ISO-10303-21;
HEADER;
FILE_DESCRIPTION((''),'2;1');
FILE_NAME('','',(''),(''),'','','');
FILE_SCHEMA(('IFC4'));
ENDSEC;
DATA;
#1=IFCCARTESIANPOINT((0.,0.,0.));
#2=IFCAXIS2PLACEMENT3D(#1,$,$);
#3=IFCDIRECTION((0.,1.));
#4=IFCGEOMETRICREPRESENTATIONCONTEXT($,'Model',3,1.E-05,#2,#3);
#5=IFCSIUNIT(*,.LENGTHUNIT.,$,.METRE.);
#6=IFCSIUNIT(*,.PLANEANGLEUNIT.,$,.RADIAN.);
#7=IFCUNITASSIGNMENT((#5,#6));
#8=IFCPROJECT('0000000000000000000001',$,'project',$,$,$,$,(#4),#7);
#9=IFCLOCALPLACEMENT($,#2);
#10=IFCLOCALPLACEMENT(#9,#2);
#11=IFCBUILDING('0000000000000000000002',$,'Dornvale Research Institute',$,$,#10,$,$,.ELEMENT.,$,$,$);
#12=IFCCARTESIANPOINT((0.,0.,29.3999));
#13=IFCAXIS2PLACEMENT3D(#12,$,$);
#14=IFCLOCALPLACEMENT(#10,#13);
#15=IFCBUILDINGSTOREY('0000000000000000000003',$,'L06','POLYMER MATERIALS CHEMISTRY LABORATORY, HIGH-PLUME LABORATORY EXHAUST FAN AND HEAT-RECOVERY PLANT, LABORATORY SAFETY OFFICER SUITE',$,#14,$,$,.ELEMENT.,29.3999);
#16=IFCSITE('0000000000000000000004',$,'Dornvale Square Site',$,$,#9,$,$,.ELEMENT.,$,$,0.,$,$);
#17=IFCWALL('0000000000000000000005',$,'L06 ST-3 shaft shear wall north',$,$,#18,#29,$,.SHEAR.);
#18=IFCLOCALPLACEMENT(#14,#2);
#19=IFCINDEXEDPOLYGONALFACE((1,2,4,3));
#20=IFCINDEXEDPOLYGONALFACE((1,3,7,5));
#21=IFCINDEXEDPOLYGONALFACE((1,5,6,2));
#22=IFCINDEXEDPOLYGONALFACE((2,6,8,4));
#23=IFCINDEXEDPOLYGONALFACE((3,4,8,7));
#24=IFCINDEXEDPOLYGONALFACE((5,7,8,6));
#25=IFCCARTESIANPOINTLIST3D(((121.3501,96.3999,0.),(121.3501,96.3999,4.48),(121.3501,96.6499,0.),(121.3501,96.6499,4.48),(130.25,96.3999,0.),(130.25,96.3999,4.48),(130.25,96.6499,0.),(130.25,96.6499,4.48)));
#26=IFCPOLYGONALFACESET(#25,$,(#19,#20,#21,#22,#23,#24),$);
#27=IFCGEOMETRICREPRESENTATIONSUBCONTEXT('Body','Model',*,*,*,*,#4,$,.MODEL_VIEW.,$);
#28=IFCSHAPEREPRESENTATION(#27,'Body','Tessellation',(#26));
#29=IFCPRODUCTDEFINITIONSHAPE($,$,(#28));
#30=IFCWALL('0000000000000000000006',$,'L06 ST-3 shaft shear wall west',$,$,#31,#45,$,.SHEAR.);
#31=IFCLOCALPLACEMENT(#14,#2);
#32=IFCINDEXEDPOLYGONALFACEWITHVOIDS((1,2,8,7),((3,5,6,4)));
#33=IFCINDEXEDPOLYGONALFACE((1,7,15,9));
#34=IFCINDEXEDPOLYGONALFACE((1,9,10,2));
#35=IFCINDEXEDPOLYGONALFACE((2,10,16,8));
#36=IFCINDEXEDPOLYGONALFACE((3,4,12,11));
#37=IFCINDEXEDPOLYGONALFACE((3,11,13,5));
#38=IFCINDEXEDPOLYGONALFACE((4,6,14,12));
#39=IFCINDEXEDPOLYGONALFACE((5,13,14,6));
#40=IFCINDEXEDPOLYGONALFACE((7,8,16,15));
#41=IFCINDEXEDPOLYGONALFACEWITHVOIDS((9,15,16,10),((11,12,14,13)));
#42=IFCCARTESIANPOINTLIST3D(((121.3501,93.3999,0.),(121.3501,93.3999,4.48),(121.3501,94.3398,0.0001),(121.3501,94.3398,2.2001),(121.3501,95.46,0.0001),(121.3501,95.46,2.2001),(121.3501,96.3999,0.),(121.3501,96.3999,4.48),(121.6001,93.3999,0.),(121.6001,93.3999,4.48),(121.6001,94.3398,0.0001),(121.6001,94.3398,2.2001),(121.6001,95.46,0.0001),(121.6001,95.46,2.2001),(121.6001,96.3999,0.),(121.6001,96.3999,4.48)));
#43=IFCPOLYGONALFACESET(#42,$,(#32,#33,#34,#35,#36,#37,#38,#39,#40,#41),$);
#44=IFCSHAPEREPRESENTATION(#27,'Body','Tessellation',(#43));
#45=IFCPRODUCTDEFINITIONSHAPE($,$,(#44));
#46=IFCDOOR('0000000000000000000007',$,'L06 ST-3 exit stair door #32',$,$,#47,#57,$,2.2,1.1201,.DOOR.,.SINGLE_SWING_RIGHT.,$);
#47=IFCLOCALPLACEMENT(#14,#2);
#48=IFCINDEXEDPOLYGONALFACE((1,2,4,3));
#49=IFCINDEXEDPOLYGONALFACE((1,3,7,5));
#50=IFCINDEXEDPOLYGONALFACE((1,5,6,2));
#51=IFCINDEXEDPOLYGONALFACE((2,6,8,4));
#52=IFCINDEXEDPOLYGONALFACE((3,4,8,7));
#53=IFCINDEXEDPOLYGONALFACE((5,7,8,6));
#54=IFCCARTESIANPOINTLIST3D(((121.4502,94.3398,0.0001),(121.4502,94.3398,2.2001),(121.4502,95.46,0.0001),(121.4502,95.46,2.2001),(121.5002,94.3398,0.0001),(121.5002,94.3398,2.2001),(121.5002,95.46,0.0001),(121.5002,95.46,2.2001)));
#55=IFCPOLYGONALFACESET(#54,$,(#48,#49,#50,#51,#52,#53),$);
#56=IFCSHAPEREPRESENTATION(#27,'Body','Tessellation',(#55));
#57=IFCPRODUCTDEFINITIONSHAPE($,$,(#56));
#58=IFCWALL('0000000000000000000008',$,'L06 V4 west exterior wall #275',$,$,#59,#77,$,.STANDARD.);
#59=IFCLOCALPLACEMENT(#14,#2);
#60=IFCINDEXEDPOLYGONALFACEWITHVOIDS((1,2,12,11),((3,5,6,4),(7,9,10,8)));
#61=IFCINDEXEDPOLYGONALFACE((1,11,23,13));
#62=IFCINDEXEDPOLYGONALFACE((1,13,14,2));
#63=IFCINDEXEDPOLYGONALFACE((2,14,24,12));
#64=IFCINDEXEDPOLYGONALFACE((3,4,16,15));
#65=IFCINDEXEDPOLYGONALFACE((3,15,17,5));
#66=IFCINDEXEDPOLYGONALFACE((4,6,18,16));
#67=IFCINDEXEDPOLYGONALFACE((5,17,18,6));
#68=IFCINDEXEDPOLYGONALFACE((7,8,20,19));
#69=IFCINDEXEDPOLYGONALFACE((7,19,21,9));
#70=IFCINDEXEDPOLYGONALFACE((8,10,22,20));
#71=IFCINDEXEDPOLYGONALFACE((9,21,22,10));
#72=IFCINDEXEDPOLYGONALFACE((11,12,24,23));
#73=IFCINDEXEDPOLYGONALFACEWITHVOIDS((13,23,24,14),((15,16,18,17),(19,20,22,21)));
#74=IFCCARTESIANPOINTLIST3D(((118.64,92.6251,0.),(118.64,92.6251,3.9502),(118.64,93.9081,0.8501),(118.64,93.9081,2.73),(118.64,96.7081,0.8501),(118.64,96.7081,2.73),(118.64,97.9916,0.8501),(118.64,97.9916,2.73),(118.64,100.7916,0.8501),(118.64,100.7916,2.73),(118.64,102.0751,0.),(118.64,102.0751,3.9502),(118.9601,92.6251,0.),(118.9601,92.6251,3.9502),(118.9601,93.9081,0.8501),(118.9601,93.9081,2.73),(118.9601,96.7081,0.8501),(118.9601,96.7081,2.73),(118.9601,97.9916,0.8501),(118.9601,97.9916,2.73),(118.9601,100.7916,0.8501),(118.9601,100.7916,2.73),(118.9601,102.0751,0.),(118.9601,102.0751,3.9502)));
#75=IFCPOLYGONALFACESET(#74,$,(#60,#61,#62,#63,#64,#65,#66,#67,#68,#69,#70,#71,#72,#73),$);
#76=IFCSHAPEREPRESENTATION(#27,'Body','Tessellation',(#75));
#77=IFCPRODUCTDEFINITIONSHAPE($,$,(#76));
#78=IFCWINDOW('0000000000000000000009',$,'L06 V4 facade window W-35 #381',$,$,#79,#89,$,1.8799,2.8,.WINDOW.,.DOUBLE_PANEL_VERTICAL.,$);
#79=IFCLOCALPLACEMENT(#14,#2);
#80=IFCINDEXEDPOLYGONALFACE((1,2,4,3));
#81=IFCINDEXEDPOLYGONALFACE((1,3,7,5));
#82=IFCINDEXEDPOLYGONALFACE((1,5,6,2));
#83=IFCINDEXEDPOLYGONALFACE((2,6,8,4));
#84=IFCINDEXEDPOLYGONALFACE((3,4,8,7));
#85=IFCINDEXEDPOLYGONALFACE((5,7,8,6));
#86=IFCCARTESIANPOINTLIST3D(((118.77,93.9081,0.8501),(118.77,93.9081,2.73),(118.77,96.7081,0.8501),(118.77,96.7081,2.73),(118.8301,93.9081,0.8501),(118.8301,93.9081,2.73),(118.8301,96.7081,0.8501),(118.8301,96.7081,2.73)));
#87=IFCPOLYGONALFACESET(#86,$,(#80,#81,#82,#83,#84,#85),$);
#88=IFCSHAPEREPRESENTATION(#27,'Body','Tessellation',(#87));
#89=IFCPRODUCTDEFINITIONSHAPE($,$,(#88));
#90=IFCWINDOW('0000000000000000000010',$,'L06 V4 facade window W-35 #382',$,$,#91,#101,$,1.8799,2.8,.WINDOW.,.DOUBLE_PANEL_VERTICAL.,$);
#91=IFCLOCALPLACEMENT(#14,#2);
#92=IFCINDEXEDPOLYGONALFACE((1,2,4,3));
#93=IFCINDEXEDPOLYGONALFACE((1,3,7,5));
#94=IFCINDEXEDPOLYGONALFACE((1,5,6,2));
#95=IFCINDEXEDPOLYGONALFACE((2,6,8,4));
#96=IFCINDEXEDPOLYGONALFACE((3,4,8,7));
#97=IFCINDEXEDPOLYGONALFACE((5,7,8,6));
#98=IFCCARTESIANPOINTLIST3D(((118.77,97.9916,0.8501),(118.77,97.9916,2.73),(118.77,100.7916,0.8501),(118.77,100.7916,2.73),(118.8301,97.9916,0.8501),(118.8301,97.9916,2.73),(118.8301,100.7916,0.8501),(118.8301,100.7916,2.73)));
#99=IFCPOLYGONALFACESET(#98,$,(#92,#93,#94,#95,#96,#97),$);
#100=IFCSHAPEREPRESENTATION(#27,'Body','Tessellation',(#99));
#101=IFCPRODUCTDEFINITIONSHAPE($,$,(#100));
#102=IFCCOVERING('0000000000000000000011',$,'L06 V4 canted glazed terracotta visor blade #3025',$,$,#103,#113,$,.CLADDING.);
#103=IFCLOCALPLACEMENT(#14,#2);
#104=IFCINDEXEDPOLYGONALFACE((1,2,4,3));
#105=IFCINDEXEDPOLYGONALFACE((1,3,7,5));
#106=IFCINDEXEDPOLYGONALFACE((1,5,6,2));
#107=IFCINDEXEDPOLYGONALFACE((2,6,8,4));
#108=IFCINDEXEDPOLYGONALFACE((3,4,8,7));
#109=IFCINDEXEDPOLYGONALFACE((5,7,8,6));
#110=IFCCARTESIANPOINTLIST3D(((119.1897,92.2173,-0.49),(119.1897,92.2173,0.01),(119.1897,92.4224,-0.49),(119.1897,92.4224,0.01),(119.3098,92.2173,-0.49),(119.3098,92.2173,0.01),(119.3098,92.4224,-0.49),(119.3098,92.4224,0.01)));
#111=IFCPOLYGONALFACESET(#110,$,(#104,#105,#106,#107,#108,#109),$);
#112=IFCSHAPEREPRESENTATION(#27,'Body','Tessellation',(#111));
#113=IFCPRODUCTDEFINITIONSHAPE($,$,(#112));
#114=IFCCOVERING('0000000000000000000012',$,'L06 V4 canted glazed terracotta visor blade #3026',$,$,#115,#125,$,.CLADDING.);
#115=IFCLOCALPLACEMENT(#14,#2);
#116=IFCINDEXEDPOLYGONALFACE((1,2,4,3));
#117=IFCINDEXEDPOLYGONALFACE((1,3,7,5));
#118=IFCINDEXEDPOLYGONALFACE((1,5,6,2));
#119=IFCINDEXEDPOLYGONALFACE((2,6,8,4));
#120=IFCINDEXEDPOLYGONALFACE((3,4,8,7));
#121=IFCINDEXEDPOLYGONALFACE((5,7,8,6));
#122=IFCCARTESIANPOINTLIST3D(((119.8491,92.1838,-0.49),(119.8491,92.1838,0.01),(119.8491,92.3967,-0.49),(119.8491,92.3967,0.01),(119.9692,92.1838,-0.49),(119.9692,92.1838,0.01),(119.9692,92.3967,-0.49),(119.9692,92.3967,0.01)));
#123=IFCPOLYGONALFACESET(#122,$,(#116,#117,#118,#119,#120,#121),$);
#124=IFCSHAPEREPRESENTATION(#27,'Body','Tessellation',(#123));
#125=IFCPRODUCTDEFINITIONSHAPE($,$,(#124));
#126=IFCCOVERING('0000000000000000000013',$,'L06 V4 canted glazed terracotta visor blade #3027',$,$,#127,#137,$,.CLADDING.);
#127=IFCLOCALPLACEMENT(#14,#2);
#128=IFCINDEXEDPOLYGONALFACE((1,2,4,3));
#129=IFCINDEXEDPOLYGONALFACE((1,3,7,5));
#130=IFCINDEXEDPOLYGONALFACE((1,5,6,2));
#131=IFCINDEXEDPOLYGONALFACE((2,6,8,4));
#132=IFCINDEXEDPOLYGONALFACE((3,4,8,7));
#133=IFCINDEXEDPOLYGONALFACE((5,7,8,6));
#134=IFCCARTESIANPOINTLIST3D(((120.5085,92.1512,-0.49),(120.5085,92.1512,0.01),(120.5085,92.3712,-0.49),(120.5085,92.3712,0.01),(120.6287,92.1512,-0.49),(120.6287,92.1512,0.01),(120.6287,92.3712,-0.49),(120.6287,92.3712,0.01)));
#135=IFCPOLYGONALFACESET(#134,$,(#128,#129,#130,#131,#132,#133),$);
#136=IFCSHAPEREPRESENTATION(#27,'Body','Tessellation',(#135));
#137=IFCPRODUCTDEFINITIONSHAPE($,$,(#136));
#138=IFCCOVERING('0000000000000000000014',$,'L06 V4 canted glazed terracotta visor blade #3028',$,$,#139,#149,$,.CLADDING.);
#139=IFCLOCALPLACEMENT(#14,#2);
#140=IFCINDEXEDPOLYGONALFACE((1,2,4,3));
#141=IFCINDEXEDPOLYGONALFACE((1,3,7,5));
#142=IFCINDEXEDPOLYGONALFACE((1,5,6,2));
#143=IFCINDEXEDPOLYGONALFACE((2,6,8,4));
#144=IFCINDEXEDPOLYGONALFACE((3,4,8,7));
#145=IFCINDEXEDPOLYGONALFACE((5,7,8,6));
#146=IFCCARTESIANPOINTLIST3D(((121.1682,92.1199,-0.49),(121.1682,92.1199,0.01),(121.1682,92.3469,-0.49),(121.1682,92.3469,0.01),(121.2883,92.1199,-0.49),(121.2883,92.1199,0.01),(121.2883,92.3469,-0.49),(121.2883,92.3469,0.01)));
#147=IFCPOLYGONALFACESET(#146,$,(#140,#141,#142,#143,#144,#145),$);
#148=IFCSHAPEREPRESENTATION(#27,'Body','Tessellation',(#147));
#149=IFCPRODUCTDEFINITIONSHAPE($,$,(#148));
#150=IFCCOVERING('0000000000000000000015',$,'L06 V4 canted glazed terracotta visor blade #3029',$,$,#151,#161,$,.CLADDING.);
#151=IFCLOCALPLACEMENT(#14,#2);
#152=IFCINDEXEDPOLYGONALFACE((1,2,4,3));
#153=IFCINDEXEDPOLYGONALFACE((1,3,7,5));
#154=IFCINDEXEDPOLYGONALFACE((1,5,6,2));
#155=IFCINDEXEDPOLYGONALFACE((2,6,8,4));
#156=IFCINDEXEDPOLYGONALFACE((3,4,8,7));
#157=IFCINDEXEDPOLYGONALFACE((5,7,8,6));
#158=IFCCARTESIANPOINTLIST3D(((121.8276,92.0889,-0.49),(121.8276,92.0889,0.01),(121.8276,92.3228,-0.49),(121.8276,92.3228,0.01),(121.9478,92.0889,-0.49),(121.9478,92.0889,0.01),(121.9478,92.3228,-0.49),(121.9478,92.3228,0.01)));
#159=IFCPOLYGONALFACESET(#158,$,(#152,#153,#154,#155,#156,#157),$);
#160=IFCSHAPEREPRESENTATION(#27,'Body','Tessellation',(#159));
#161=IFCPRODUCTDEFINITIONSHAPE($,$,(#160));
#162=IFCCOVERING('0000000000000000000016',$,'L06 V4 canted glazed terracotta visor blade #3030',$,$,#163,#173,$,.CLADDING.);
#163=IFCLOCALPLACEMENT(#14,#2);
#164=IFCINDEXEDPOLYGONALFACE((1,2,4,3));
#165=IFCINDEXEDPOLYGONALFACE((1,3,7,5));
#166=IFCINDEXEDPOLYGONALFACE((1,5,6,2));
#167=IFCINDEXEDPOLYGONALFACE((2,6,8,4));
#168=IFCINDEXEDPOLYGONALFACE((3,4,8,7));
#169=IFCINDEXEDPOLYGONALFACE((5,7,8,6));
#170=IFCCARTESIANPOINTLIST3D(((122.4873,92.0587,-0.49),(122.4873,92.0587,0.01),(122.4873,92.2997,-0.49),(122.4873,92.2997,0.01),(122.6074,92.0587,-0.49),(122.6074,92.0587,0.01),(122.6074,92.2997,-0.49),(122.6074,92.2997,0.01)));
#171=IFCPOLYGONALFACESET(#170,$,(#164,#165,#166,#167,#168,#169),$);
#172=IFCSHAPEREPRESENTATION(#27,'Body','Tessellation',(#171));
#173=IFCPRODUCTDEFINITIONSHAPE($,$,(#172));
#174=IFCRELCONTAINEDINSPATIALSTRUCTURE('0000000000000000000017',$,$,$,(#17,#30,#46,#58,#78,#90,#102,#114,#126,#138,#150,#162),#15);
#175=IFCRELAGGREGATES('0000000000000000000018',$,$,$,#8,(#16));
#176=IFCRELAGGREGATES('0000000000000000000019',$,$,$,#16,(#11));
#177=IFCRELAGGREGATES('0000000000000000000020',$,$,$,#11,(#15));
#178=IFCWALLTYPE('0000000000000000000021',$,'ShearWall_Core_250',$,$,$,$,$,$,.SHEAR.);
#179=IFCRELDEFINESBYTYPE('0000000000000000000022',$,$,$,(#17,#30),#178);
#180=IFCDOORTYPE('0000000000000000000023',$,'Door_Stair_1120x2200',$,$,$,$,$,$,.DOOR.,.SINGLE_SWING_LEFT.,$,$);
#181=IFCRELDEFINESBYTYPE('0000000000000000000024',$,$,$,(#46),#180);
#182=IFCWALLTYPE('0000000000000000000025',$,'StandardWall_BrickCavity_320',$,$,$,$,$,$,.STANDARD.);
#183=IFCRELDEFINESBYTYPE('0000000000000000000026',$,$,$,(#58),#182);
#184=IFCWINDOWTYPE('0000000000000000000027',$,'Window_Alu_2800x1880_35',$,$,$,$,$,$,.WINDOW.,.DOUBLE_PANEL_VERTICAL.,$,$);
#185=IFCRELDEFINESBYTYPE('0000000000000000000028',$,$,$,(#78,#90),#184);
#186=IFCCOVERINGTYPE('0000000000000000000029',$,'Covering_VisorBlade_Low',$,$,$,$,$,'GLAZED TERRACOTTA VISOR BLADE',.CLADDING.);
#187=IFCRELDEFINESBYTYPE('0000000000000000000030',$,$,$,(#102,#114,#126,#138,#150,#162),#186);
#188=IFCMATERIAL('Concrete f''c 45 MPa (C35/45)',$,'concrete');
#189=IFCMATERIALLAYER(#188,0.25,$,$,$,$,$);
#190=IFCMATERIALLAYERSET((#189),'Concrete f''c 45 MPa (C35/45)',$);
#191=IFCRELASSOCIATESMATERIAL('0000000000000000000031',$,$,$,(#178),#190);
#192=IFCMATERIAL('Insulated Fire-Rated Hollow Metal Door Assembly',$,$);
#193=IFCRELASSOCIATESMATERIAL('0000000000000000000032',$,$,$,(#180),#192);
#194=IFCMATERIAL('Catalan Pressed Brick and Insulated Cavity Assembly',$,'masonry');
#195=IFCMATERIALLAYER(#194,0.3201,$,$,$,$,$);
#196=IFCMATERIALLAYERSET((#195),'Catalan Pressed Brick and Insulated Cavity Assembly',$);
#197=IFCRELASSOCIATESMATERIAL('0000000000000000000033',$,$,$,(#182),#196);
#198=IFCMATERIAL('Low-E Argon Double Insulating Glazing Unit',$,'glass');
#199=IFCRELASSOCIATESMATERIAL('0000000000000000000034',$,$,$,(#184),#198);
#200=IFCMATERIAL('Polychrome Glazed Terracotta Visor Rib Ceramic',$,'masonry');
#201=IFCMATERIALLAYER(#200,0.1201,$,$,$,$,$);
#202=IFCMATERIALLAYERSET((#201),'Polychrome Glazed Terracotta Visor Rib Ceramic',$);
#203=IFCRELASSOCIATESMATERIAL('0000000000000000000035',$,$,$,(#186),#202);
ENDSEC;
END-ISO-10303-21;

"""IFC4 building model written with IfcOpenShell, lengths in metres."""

from ifc_helpers import new_model, si_unit, direction, frame, frame_2d, origin, origin_2d, place, context, subcontext, project, spatial, rectangle, extrude, material, layer, layer_set, type_object, element, fill, save


model = new_model("IFC4")

# Units and contexts
model_context = context("Model", 3, precision=1e-05, world=origin(), true_north=direction((0.0, 1.0)))
body_context = subcontext(model_context, "Body", "Model", "MODEL_VIEW")
ifc_project = project(units=[si_unit("LENGTHUNIT", "METRE"), si_unit("PLANEANGLEUNIT", "RADIAN")], contexts=[model_context])

# Site, building, storey
site_placement = place(None, origin())
site = spatial("IfcSite", under=ifc_project, at=site_placement, Name="Dornvale Square Site", CompositionType="ELEMENT", RefElevation=0.0)
building_placement = place(site_placement, origin())
building = spatial("IfcBuilding", under=site, at=building_placement, Name="Dornvale Research Institute", CompositionType="ELEMENT")
storey_placement = place(building_placement, frame((0.0, 0.0, 29.3999)))
storey = spatial("IfcBuildingStorey", under=building, at=storey_placement, Name="L06", Description="POLYMER MATERIALS CHEMISTRY LABORATORY, HIGH-PLUME LABORATORY EXHAUST FAN AND HEAT-RECOVERY PLANT, LABORATORY SAFETY OFFICER SUITE", CompositionType="ELEMENT", Elevation=29.3999)

# Wall
ifc_material_1 = material(Name="Concrete f'c 45 MPa (C35/45)", Category="concrete")
ifc_layer_1 = layer(ifc_material_1, 0.25)
ifc_layer_set_1 = layer_set([ifc_layer_1], Name="Concrete f'c 45 MPa (C35/45)")
wall_type_1 = type_object("IfcWallType", Name="ShearWall_Core_250", PredefinedType="SHEAR", material=ifc_layer_set_1)
for number, where, z_axis, x_axis, name in (
    (1, (121.3501, 96.5249, 0.0), (0.0, 0.0, 1.0), (1.0, 0.0, 0.0), "L06 ST-3 shaft shear wall north"),
):
    element("IfcWall", number, at=place(storey_placement, frame(where, z_axis=z_axis, x_axis=x_axis)), inside=storey, type_object=wall_type_1, Name=name, PredefinedType="SHEAR", context=body_context, shape_type="SweptSolid", body=[
        extrude(rectangle(XDim=8.8999, YDim=0.25, at=frame_2d((4.45, 0.0))), origin(), (0.0, 0.0, 1.0), 4.48),
    ])

# Wall, opening, door
wall_1_placement = place(storey_placement, frame((121.4751, 93.3999, 0.0), z_axis=(0.0, 0.0, 1.0), x_axis=(0.0, 1.0, 0.0)))
wall_1 = element("IfcWall", 2, at=wall_1_placement, inside=storey, type_object=wall_type_1, Name="L06 ST-3 shaft shear wall west", PredefinedType="SHEAR", context=body_context, shape_type="SweptSolid", body=[
    extrude(rectangle(XDim=3.0, YDim=0.25, at=frame_2d((1.5, 0.0))), origin(), (0.0, 0.0, 1.0), 4.48),
])
opening_1_placement = place(wall_1_placement, frame((0.9399, 0.0, 0.0)))
opening_1 = element("IfcOpeningElement", 3, at=opening_1_placement, cuts=wall_1, PredefinedType="OPENING", context=body_context, shape_type="SweptSolid", body=[
    extrude(rectangle(XDim=1.1201, YDim=2.2, at=frame_2d((0.5601, 1.1001))), frame((0.0, 0.1399, 0.0), z_axis=(0.0, -1.0, 0.0), x_axis=(1.0, 0.0, 0.0)), (0.0, 0.0, 1.0), 0.28),
])
ifc_material_2 = material(Name="Insulated Fire-Rated Hollow Metal Door Assembly")
door_type = type_object("IfcDoorType", Name="Door_Stair_1120x2200", OperationType="SINGLE_SWING_LEFT", PredefinedType="DOOR", material=ifc_material_2)
door_placement = place(opening_1_placement, origin())
door = element("IfcDoor", 4, at=door_placement, inside=storey, type_object=door_type, Name="L06 ST-3 exit stair door #32", OperationType="SINGLE_SWING_RIGHT", OverallHeight=2.2, OverallWidth=1.1201, PredefinedType="DOOR", context=body_context, shape_type="SweptSolid", body=[
    extrude(rectangle(XDim=1.1201, YDim=2.2, at=frame_2d((0.5601, 1.1001))), frame((0.0, 0.0249, 0.0), z_axis=(0.0, -1.0, 0.0), x_axis=(1.0, 0.0, 0.0)), (0.0, 0.0, 1.0), 0.05),
])
fill(opening_1, door)

# Wall, openings, windows
ifc_material_3 = material(Name="Catalan Pressed Brick and Insulated Cavity Assembly", Category="masonry")
ifc_layer_2 = layer(ifc_material_3, 0.3201)
ifc_layer_set_2 = layer_set([ifc_layer_2], Name="Catalan Pressed Brick and Insulated Cavity Assembly")
wall_type_2 = type_object("IfcWallType", Name="StandardWall_BrickCavity_320", PredefinedType="STANDARD", material=ifc_layer_set_2)
wall_2_placement = place(storey_placement, frame((118.8, 92.625, 0.0), z_axis=(0.0, 0.0, 1.0), x_axis=(0.0, 1.0, 0.0)))
wall_2 = element("IfcWall", 5, at=wall_2_placement, inside=storey, type_object=wall_type_2, Name="L06 V4 west exterior wall #275", PredefinedType="STANDARD", context=body_context, shape_type="SweptSolid", body=[
    extrude(rectangle(XDim=9.45, YDim=0.3201, at=frame_2d((4.7251, 0.0))), origin(), (0.0, 0.0, 1.0), 3.9502),
])
opening_2_placement = place(wall_2_placement, frame((1.2832, 0.0, 0.8501)))
opening_2 = element("IfcOpeningElement", 6, at=opening_2_placement, cuts=wall_2, PredefinedType="OPENING", context=body_context, shape_type="SweptSolid", body=[
    extrude(rectangle(XDim=2.8, YDim=1.8799, at=frame_2d((1.3999, 0.9399))), frame((0.0, 0.175, 0.0), z_axis=(0.0, -1.0, 0.0), x_axis=(1.0, 0.0, 0.0)), (0.0, 0.0, 1.0), 0.3501),
])
opening_3_placement = place(wall_2_placement, frame((5.3667, 0.0, 0.8501)))
opening_3 = element("IfcOpeningElement", 7, at=opening_3_placement, cuts=wall_2, PredefinedType="OPENING", context=body_context, shape_type="SweptSolid", body=[
    extrude(rectangle(XDim=2.8, YDim=1.8799, at=frame_2d((1.3999, 0.9399))), frame((0.0, 0.175, 0.0), z_axis=(0.0, -1.0, 0.0), x_axis=(1.0, 0.0, 0.0)), (0.0, 0.0, 1.0), 0.3501),
])
ifc_material_4 = material(Name="Low-E Argon Double Insulating Glazing Unit", Category="glass")
window_type = type_object("IfcWindowType", Name="Window_Alu_2800x1880_35", PartitioningType="DOUBLE_PANEL_VERTICAL", PredefinedType="WINDOW", material=ifc_material_4)
window_1_placement = place(opening_2_placement, origin())
window_1 = element("IfcWindow", 8, at=window_1_placement, inside=storey, type_object=window_type, Name="L06 V4 facade window W-35 #381", OverallHeight=1.8799, OverallWidth=2.8, PartitioningType="DOUBLE_PANEL_VERTICAL", PredefinedType="WINDOW", context=body_context, shape_type="SweptSolid", body=[
    extrude(rectangle(XDim=2.8, YDim=1.8799, at=frame_2d((1.3999, 0.9399))), frame((0.0, 0.03, 0.0), z_axis=(0.0, -1.0, 0.0), x_axis=(1.0, 0.0, 0.0)), (0.0, 0.0, 1.0), 0.0601),
])
fill(opening_2, window_1)
window_2_placement = place(opening_3_placement, origin())
window_2 = element("IfcWindow", 9, at=window_2_placement, inside=storey, type_object=window_type, Name="L06 V4 facade window W-35 #382", OverallHeight=1.8799, OverallWidth=2.8, PartitioningType="DOUBLE_PANEL_VERTICAL", PredefinedType="WINDOW", context=body_context, shape_type="SweptSolid", body=[
    extrude(rectangle(XDim=2.8, YDim=1.8799, at=frame_2d((1.3999, 0.9399))), frame((0.0, 0.03, 0.0), z_axis=(0.0, -1.0, 0.0), x_axis=(1.0, 0.0, 0.0)), (0.0, 0.0, 1.0), 0.0601),
])
fill(opening_3, window_2)

# Coverings
ifc_material_5 = material(Name="Polychrome Glazed Terracotta Visor Rib Ceramic", Category="masonry")
ifc_layer_3 = layer(ifc_material_5, 0.1201)
ifc_layer_set_3 = layer_set([ifc_layer_3], Name="Polychrome Glazed Terracotta Visor Rib Ceramic")
covering_type = type_object("IfcCoveringType", Name="Covering_VisorBlade_Low", ElementType="GLAZED TERRACOTTA VISOR BLADE", PredefinedType="CLADDING", material=ifc_layer_set_3)
covering_1_placement = place(storey_placement, frame((119.2498, 92.3198, -0.49), z_axis=(0.0, 0.0, 1.0), x_axis=(0.0, 1.0, 0.0)))
element("IfcCovering", 10, at=covering_1_placement, inside=storey, type_object=covering_type, Name="L06 V4 canted glazed terracotta visor blade #3025", PredefinedType="CLADDING", context=body_context, shape_type="SweptSolid", body=[
    extrude(rectangle(XDim=0.2051, YDim=0.1201, at=origin_2d()), origin(), (0.0, 0.0, 1.0), 0.5),
])
covering_2_placement = place(storey_placement, frame((119.9092, 92.2903, -0.49), z_axis=(0.0, 0.0, 1.0), x_axis=(0.0, 1.0, 0.0)))
element("IfcCovering", 11, at=covering_2_placement, inside=storey, type_object=covering_type, Name="L06 V4 canted glazed terracotta visor blade #3026", PredefinedType="CLADDING", context=body_context, shape_type="SweptSolid", body=[
    extrude(rectangle(XDim=0.2129, YDim=0.1201, at=origin_2d()), origin(), (0.0, 0.0, 1.0), 0.5),
])
covering_3_placement = place(storey_placement, frame((120.5686, 92.2612, -0.49), z_axis=(0.0, 0.0, 1.0), x_axis=(0.0, 1.0, 0.0)))
element("IfcCovering", 12, at=covering_3_placement, inside=storey, type_object=covering_type, Name="L06 V4 canted glazed terracotta visor blade #3027", PredefinedType="CLADDING", context=body_context, shape_type="SweptSolid", body=[
    extrude(rectangle(XDim=0.22, YDim=0.1201, at=origin_2d()), origin(), (0.0, 0.0, 1.0), 0.5),
])
covering_4_placement = place(storey_placement, frame((121.2283, 92.2334, -0.49), z_axis=(0.0, 0.0, 1.0), x_axis=(0.0, 1.0, 0.0)))
element("IfcCovering", 13, at=covering_4_placement, inside=storey, type_object=covering_type, Name="L06 V4 canted glazed terracotta visor blade #3028", PredefinedType="CLADDING", context=body_context, shape_type="SweptSolid", body=[
    extrude(rectangle(XDim=0.2271, YDim=0.1201, at=origin_2d()), origin(), (0.0, 0.0, 1.0), 0.5),
])
covering_5_placement = place(storey_placement, frame((121.8877, 92.2058, -0.49), z_axis=(0.0, 0.0, 1.0), x_axis=(0.0, 1.0, 0.0)))
element("IfcCovering", 14, at=covering_5_placement, inside=storey, type_object=covering_type, Name="L06 V4 canted glazed terracotta visor blade #3029", PredefinedType="CLADDING", context=body_context, shape_type="SweptSolid", body=[
    extrude(rectangle(XDim=0.2339, YDim=0.1201, at=origin_2d()), origin(), (0.0, 0.0, 1.0), 0.5),
])
covering_6_placement = place(storey_placement, frame((122.5474, 92.1792, -0.49), z_axis=(0.0, 0.0, 1.0), x_axis=(0.0, 1.0, 0.0)))
element("IfcCovering", 15, at=covering_6_placement, inside=storey, type_object=covering_type, Name="L06 V4 canted glazed terracotta visor blade #3030", PredefinedType="CLADDING", context=body_context, shape_type="SweptSolid", body=[
    extrude(rectangle(XDim=0.241, YDim=0.1201, at=origin_2d()), origin(), (0.0, 0.0, 1.0), 0.5),
])

save(model, "model.ifc")
